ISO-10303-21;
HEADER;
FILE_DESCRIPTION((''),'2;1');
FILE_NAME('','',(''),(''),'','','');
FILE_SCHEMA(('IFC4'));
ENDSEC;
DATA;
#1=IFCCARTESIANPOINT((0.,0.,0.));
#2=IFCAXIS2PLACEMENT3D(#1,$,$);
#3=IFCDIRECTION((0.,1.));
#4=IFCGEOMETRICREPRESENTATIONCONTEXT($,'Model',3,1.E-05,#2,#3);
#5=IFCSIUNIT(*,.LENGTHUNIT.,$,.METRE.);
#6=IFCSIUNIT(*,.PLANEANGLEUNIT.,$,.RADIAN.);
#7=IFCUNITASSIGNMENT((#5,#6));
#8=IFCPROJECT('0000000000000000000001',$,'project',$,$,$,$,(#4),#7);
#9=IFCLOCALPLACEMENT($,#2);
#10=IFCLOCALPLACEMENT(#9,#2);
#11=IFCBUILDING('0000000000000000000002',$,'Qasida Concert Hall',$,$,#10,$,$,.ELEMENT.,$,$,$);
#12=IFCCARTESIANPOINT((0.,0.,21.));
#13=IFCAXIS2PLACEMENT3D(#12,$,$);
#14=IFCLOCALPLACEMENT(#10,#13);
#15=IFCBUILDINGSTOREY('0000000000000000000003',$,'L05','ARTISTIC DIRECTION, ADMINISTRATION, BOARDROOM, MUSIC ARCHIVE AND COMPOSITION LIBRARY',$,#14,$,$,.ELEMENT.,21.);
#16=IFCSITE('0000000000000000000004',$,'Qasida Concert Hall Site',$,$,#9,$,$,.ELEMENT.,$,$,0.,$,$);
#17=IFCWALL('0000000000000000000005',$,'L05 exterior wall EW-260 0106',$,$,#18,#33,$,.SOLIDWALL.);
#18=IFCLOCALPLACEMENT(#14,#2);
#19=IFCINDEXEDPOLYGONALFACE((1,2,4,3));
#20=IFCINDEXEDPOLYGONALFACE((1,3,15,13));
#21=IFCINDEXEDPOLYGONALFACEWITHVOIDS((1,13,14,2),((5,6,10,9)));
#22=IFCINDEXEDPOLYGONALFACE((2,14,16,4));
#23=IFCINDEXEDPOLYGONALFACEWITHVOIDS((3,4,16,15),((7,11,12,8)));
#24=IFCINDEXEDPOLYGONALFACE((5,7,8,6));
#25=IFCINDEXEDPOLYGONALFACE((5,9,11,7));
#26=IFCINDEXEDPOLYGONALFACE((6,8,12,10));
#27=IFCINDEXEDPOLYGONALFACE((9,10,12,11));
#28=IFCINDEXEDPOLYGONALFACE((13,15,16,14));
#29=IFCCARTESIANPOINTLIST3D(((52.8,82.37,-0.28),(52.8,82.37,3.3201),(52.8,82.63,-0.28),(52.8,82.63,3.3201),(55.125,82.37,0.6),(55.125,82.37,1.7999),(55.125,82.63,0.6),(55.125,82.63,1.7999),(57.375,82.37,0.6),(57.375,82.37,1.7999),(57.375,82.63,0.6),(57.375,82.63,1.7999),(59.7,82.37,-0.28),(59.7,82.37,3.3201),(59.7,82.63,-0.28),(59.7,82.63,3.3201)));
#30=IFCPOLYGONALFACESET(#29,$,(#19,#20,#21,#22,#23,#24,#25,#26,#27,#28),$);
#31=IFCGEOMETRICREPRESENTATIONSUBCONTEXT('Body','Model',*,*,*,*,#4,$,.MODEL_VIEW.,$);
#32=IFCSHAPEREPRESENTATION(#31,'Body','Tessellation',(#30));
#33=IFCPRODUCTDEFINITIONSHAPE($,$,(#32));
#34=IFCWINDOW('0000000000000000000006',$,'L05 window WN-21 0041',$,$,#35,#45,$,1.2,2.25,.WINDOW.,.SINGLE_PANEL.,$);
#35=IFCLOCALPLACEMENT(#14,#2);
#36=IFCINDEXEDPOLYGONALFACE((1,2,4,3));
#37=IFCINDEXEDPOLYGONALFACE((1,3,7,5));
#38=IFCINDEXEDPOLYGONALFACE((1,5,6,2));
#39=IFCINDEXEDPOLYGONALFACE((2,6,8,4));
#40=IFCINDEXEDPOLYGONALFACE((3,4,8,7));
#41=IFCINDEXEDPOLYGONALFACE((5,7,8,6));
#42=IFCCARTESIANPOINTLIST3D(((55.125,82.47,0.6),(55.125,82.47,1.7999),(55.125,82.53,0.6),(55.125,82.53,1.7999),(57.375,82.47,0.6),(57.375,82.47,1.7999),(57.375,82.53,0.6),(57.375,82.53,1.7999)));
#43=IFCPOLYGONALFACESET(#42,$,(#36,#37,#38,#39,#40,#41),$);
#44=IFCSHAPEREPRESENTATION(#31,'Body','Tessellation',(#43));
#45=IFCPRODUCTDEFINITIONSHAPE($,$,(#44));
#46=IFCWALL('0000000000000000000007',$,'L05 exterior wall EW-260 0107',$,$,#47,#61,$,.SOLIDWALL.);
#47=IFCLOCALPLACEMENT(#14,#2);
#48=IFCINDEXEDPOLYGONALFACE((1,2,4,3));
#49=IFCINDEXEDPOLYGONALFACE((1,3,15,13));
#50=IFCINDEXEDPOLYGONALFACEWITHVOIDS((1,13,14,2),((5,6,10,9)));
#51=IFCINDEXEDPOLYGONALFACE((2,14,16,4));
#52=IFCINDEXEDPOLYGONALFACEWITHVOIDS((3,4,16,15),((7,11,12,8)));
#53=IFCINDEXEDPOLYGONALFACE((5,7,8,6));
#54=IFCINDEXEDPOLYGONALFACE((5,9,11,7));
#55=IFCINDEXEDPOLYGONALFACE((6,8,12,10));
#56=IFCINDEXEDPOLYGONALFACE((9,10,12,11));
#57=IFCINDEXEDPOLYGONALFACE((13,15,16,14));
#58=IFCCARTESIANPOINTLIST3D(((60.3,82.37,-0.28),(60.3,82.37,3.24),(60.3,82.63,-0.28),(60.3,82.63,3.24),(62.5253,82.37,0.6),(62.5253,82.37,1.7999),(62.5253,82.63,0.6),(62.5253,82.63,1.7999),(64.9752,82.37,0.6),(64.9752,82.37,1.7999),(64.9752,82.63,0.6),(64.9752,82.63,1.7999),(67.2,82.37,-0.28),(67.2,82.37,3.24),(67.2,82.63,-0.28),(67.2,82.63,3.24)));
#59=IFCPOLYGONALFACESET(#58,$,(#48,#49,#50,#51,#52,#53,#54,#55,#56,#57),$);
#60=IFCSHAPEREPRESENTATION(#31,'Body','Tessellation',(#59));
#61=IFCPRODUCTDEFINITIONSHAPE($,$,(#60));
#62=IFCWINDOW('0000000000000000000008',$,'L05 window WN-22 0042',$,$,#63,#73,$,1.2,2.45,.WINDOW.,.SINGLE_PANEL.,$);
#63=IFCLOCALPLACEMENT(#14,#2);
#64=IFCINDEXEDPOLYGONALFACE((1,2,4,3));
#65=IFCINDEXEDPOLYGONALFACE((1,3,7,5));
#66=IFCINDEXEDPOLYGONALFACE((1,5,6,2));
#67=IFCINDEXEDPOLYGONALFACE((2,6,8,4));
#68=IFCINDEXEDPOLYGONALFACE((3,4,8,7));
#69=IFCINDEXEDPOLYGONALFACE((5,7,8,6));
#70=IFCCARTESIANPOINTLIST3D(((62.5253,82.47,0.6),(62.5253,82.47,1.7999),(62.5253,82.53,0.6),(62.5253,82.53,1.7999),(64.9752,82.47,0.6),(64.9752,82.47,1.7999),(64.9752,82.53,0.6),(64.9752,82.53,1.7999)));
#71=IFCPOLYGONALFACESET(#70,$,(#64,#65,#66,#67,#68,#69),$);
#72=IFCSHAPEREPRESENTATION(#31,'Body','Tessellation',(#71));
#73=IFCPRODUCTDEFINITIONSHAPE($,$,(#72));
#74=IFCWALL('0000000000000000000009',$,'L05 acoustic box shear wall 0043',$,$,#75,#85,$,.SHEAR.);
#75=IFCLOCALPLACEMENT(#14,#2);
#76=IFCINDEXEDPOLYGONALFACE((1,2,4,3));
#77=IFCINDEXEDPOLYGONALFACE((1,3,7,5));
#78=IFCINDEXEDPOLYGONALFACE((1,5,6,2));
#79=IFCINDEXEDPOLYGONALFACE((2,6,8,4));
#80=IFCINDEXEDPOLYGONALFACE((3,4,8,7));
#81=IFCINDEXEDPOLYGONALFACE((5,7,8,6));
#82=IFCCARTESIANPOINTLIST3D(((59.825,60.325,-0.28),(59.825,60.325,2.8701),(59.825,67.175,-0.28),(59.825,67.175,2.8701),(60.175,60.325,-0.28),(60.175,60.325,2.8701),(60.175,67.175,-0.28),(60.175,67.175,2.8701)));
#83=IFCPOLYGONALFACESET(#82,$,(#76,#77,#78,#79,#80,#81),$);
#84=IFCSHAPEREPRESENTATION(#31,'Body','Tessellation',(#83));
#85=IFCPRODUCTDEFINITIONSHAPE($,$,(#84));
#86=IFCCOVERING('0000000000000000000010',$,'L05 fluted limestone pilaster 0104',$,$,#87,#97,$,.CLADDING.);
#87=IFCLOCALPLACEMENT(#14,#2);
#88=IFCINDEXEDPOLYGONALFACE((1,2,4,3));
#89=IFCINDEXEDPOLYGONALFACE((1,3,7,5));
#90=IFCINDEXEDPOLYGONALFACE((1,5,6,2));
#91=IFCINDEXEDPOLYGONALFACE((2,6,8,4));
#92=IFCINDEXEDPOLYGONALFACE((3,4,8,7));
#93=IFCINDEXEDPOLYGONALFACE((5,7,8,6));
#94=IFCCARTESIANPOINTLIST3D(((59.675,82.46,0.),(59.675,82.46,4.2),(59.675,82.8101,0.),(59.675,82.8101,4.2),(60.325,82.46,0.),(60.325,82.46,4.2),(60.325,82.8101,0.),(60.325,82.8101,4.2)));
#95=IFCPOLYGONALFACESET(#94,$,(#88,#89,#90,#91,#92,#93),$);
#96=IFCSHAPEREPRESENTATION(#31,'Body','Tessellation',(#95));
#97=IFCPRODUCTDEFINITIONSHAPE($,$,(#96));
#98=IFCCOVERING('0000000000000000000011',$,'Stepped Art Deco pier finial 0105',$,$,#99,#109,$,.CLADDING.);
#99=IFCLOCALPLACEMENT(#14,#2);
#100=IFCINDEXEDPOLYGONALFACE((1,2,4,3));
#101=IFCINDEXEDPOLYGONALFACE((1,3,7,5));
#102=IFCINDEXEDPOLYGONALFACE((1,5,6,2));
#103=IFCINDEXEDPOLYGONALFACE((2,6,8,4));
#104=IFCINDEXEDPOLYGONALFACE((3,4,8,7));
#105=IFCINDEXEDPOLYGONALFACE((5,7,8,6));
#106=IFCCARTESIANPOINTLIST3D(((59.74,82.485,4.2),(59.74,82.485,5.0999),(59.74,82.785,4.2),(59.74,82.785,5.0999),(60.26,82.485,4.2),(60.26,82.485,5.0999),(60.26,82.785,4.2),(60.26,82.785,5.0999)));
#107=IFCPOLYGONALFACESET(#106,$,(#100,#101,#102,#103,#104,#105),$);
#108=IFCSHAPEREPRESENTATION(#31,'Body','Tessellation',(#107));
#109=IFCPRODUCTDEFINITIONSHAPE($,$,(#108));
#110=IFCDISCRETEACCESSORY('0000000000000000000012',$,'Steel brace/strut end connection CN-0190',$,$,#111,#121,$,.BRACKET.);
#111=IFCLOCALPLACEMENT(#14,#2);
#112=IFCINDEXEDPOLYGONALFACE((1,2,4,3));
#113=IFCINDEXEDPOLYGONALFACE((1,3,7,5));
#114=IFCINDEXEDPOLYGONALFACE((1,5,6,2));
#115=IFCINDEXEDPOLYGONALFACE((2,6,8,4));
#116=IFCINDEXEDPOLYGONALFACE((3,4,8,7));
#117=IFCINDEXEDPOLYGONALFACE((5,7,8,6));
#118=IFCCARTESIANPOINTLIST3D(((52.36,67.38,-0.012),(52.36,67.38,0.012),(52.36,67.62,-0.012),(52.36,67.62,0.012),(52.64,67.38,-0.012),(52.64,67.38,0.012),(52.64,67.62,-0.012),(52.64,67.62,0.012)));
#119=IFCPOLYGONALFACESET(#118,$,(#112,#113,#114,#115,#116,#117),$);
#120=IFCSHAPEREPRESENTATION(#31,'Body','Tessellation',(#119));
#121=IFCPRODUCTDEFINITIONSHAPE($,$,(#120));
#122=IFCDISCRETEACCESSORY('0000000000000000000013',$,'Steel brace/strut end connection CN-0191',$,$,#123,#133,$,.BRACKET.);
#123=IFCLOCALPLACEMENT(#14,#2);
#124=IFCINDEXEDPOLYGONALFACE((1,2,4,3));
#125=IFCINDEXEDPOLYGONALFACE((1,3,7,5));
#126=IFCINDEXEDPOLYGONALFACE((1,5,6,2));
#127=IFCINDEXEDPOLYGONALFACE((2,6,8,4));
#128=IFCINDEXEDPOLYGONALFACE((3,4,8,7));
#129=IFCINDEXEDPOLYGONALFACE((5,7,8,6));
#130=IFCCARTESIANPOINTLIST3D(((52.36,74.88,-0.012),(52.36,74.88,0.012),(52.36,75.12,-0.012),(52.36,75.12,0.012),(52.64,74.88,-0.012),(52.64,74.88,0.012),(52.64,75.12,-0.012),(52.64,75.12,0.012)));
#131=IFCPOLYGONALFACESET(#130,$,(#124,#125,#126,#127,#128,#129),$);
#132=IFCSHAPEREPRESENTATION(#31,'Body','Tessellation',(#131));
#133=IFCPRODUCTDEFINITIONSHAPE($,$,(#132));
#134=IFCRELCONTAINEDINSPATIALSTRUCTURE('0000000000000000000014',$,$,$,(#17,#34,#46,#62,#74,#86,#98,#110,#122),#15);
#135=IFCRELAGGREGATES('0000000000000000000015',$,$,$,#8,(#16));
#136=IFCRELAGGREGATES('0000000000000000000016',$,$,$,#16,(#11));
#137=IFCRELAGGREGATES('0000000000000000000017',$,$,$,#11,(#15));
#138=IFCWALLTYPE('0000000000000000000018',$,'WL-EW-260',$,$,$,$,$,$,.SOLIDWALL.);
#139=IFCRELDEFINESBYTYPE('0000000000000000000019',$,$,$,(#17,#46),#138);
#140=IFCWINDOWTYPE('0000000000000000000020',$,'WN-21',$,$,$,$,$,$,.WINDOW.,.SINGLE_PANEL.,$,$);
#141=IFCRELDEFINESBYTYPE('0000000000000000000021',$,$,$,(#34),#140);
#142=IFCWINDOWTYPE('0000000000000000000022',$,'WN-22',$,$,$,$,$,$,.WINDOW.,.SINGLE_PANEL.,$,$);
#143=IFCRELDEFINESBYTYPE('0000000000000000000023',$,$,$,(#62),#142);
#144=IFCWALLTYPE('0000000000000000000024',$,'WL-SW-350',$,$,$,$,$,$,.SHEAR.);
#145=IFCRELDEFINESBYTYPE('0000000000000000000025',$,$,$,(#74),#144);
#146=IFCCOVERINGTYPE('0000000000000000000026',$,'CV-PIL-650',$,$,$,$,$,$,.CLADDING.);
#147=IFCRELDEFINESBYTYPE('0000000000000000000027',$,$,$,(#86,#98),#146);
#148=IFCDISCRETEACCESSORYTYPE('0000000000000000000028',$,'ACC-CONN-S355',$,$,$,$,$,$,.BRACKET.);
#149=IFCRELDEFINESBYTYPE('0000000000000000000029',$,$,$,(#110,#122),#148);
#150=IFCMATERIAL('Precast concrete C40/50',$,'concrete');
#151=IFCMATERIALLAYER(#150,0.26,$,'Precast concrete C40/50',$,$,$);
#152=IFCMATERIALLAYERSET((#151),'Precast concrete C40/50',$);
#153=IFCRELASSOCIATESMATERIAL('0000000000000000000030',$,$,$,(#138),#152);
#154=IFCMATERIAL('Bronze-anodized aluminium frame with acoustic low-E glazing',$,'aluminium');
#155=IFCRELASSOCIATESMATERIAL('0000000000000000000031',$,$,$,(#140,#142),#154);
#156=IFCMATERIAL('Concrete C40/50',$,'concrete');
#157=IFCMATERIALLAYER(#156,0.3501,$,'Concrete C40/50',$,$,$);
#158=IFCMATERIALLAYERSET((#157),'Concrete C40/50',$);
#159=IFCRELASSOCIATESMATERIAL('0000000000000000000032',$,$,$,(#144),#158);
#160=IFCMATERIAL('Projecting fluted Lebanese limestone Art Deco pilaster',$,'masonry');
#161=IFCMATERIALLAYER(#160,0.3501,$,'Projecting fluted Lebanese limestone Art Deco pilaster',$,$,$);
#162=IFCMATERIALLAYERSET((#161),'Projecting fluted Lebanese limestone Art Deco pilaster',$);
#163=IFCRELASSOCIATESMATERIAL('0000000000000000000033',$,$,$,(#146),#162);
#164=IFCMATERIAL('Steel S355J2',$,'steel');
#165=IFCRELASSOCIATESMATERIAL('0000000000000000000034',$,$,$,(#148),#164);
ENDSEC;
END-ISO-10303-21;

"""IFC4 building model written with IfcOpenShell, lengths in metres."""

from ifc_helpers import new_model, si_unit, direction, frame, frame_2d, origin, origin_2d, place, context, subcontext, project, spatial, rectangle, extrude, material, layer, layer_set, type_object, element, fill, save


model = new_model("IFC4")

# Units and contexts
model_context = context("Model", 3, precision=1e-05, world=origin(), true_north=direction((0.0, 1.0)))
body_context = subcontext(model_context, "Body", "Model", "MODEL_VIEW")
ifc_project = project(units=[si_unit("LENGTHUNIT", "METRE"), si_unit("PLANEANGLEUNIT", "RADIAN")], contexts=[model_context])

# Site, building, storey
site_placement = place(None, origin())
site = spatial("IfcSite", under=ifc_project, at=site_placement, Name="Qasida Concert Hall Site", CompositionType="ELEMENT", RefElevation=0.0)
building_placement = place(site_placement, origin())
building = spatial("IfcBuilding", under=site, at=building_placement, Name="Qasida Concert Hall", CompositionType="ELEMENT")
storey_placement = place(building_placement, frame((0.0, 0.0, 21.0)))
storey = spatial("IfcBuildingStorey", under=building, at=storey_placement, Name="L05", Description="ARTISTIC DIRECTION, ADMINISTRATION, BOARDROOM, MUSIC ARCHIVE AND COMPOSITION LIBRARY", CompositionType="ELEMENT", Elevation=21.0)

# Shared definitions
ifc_material_1 = material(Name="Steel S355J2", Category="steel")
ifc_material_2 = material(Name="Concrete C40/50", Category="concrete")

# Shared definitions
ifc_material_3 = material(Name="Precast concrete C40/50", Category="concrete")
ifc_layer_1 = layer(ifc_material_3, 0.26, Name="Precast concrete C40/50")
ifc_layer_set_1 = layer_set([ifc_layer_1], Name="Precast concrete C40/50")
wall_type_1 = type_object("IfcWallType", Name="WL-EW-260", PredefinedType="SOLIDWALL", material=ifc_layer_set_1)

# Shared definitions
ifc_material_4 = material(Name="Bronze-anodized aluminium frame with acoustic low-E glazing", Category="aluminium")

# Walls, openings, windows
wall_1_placement = place(storey_placement, frame((52.8, 82.5, -0.28), z_axis=(0.0, 0.0, 1.0), x_axis=(1.0, 0.0, 0.0)))
wall_1 = element("IfcWall", 1, at=wall_1_placement, inside=storey, type_object=wall_type_1, Name="L05 exterior wall EW-260 0106", PredefinedType="SOLIDWALL", context=body_context, shape_type="SweptSolid", body=[
    extrude(rectangle(XDim=6.8999, YDim=0.26, at=frame_2d((3.45, 0.0))), origin(), (0.0, 0.0, 1.0), 3.6001),
])
opening_1_placement = place(wall_1_placement, frame((2.325, 0.0, 0.8799)))
opening_1 = element("IfcOpeningElement", 2, at=opening_1_placement, cuts=wall_1, PredefinedType="OPENING", context=body_context, shape_type="SweptSolid", body=[
    extrude(rectangle(XDim=2.25, YDim=1.2, at=frame_2d((1.125, 0.6001))), frame((0.0, 0.1399, 0.0), z_axis=(0.0, -1.0, 0.0), x_axis=(1.0, 0.0, 0.0)), (0.0, 0.0, 1.0), 0.28),
])
window_type_1 = type_object("IfcWindowType", Name="WN-21", PartitioningType="SINGLE_PANEL", PredefinedType="WINDOW", material=ifc_material_4)
window_1_placement = place(opening_1_placement, origin())
window_1 = element("IfcWindow", 3, at=window_1_placement, inside=storey, type_object=window_type_1, Name="L05 window WN-21 0041", OverallHeight=1.2, OverallWidth=2.25, PartitioningType="SINGLE_PANEL", PredefinedType="WINDOW", context=body_context, shape_type="SweptSolid", body=[
    extrude(rectangle(XDim=2.25, YDim=1.2, at=frame_2d((1.125, 0.6001))), frame((0.0, 0.03, 0.0), z_axis=(0.0, -1.0, 0.0), x_axis=(1.0, 0.0, 0.0)), (0.0, 0.0, 1.0), 0.0601),
])
fill(opening_1, window_1)
wall_2_placement = place(storey_placement, frame((60.3, 82.5, -0.28), z_axis=(0.0, 0.0, 1.0), x_axis=(1.0, 0.0, 0.0)))
wall_2 = element("IfcWall", 4, at=wall_2_placement, inside=storey, type_object=wall_type_1, Name="L05 exterior wall EW-260 0107", PredefinedType="SOLIDWALL", context=body_context, shape_type="SweptSolid", body=[
    extrude(rectangle(XDim=6.8999, YDim=0.26, at=frame_2d((3.45, 0.0))), origin(), (0.0, 0.0, 1.0), 3.52),
])
opening_2_placement = place(wall_2_placement, frame((2.2251, 0.0, 0.8799)))
opening_2 = element("IfcOpeningElement", 5, at=opening_2_placement, cuts=wall_2, PredefinedType="OPENING", context=body_context, shape_type="SweptSolid", body=[
    extrude(rectangle(XDim=2.45, YDim=1.2, at=frame_2d((1.2251, 0.6001))), frame((0.0, 0.1399, 0.0), z_axis=(0.0, -1.0, 0.0), x_axis=(1.0, 0.0, 0.0)), (0.0, 0.0, 1.0), 0.28),
])
window_type_2 = type_object("IfcWindowType", Name="WN-22", PartitioningType="SINGLE_PANEL", PredefinedType="WINDOW", material=ifc_material_4)
window_2_placement = place(opening_2_placement, origin())
window_2 = element("IfcWindow", 6, at=window_2_placement, inside=storey, type_object=window_type_2, Name="L05 window WN-22 0042", OverallHeight=1.2, OverallWidth=2.45, PartitioningType="SINGLE_PANEL", PredefinedType="WINDOW", context=body_context, shape_type="SweptSolid", body=[
    extrude(rectangle(XDim=2.45, YDim=1.2, at=frame_2d((1.2251, 0.6001))), frame((0.0, 0.03, 0.0), z_axis=(0.0, -1.0, 0.0), x_axis=(1.0, 0.0, 0.0)), (0.0, 0.0, 1.0), 0.0601),
])
fill(opening_2, window_2)

# Wall
ifc_layer_2 = layer(ifc_material_2, 0.3501, Name="Concrete C40/50")
ifc_layer_set_2 = layer_set([ifc_layer_2], Name="Concrete C40/50")
wall_type_2 = type_object("IfcWallType", Name="WL-SW-350", PredefinedType="SHEAR", material=ifc_layer_set_2)
wall_3_placement = place(storey_placement, frame((60.0, 60.325, -0.28), z_axis=(0.0, 0.0, 1.0), x_axis=(0.0, 1.0, 0.0)))
element("IfcWall", 7, at=wall_3_placement, inside=storey, type_object=wall_type_2, Name="L05 acoustic box shear wall 0043", PredefinedType="SHEAR", context=body_context, shape_type="SweptSolid", body=[
    extrude(rectangle(XDim=6.8501, YDim=0.3501, at=frame_2d((3.425, 0.0))), origin(), (0.0, 0.0, 1.0), 3.1501),
])

# Coverings
ifc_material_5 = material(Name="Projecting fluted Lebanese limestone Art Deco pilaster", Category="masonry")
ifc_layer_3 = layer(ifc_material_5, 0.3501, Name="Projecting fluted Lebanese limestone Art Deco pilaster")
ifc_layer_set_3 = layer_set([ifc_layer_3], Name="Projecting fluted Lebanese limestone Art Deco pilaster")
covering_type = type_object("IfcCoveringType", Name="CV-PIL-650", PredefinedType="CLADDING", material=ifc_layer_set_3)
covering_1_placement = place(storey_placement, frame((60.0, 82.635, 0.0), z_axis=(0.0, 0.0, 1.0), x_axis=(1.0, 0.0, 0.0)))
element("IfcCovering", 8, at=covering_1_placement, inside=storey, type_object=covering_type, Name="L05 fluted limestone pilaster 0104", PredefinedType="CLADDING", context=body_context, shape_type="SweptSolid", body=[
    extrude(rectangle(XDim=0.6499, YDim=0.3501, at=origin_2d()), origin(), (0.0, 0.0, 1.0), 4.2),
])
covering_2_placement = place(storey_placement, frame((60.0, 82.635, 4.2), z_axis=(0.0, 0.0, 1.0), x_axis=(1.0, 0.0, 0.0)))
element("IfcCovering", 9, at=covering_2_placement, inside=storey, type_object=covering_type, Name="Stepped Art Deco pier finial 0105", PredefinedType="CLADDING", context=body_context, shape_type="SweptSolid", body=[
    extrude(rectangle(XDim=0.52, YDim=0.3, at=origin_2d()), origin(), (0.0, 0.0, 1.0), 0.8999),
])

# Discrete accessories
discrete_accessory_type = type_object("IfcDiscreteAccessoryType", Name="ACC-CONN-S355", PredefinedType="BRACKET", material=ifc_material_1)
for number, where, z_axis, x_axis, name in (
    (10, (52.5, 67.5, -0.012), (0.0, 0.0, 1.0), (1.0, 0.0, 0.0), "Steel brace/strut end connection CN-0190"),
    (11, (52.5, 75.0, -0.012), (0.0, 0.0, 1.0), (1.0, 0.0, 0.0), "Steel brace/strut end connection CN-0191"),
):
    element("IfcDiscreteAccessory", number, at=place(storey_placement, frame(where, z_axis=z_axis, x_axis=x_axis)), inside=storey, type_object=discrete_accessory_type, Name=name, PredefinedType="BRACKET", context=body_context, shape_type="SweptSolid", body=[
        extrude(rectangle(XDim=0.28, YDim=0.24, at=origin_2d()), origin(), (0.0, 0.0, 1.0), 0.0239),
    ])

save(model, "model.ifc")
